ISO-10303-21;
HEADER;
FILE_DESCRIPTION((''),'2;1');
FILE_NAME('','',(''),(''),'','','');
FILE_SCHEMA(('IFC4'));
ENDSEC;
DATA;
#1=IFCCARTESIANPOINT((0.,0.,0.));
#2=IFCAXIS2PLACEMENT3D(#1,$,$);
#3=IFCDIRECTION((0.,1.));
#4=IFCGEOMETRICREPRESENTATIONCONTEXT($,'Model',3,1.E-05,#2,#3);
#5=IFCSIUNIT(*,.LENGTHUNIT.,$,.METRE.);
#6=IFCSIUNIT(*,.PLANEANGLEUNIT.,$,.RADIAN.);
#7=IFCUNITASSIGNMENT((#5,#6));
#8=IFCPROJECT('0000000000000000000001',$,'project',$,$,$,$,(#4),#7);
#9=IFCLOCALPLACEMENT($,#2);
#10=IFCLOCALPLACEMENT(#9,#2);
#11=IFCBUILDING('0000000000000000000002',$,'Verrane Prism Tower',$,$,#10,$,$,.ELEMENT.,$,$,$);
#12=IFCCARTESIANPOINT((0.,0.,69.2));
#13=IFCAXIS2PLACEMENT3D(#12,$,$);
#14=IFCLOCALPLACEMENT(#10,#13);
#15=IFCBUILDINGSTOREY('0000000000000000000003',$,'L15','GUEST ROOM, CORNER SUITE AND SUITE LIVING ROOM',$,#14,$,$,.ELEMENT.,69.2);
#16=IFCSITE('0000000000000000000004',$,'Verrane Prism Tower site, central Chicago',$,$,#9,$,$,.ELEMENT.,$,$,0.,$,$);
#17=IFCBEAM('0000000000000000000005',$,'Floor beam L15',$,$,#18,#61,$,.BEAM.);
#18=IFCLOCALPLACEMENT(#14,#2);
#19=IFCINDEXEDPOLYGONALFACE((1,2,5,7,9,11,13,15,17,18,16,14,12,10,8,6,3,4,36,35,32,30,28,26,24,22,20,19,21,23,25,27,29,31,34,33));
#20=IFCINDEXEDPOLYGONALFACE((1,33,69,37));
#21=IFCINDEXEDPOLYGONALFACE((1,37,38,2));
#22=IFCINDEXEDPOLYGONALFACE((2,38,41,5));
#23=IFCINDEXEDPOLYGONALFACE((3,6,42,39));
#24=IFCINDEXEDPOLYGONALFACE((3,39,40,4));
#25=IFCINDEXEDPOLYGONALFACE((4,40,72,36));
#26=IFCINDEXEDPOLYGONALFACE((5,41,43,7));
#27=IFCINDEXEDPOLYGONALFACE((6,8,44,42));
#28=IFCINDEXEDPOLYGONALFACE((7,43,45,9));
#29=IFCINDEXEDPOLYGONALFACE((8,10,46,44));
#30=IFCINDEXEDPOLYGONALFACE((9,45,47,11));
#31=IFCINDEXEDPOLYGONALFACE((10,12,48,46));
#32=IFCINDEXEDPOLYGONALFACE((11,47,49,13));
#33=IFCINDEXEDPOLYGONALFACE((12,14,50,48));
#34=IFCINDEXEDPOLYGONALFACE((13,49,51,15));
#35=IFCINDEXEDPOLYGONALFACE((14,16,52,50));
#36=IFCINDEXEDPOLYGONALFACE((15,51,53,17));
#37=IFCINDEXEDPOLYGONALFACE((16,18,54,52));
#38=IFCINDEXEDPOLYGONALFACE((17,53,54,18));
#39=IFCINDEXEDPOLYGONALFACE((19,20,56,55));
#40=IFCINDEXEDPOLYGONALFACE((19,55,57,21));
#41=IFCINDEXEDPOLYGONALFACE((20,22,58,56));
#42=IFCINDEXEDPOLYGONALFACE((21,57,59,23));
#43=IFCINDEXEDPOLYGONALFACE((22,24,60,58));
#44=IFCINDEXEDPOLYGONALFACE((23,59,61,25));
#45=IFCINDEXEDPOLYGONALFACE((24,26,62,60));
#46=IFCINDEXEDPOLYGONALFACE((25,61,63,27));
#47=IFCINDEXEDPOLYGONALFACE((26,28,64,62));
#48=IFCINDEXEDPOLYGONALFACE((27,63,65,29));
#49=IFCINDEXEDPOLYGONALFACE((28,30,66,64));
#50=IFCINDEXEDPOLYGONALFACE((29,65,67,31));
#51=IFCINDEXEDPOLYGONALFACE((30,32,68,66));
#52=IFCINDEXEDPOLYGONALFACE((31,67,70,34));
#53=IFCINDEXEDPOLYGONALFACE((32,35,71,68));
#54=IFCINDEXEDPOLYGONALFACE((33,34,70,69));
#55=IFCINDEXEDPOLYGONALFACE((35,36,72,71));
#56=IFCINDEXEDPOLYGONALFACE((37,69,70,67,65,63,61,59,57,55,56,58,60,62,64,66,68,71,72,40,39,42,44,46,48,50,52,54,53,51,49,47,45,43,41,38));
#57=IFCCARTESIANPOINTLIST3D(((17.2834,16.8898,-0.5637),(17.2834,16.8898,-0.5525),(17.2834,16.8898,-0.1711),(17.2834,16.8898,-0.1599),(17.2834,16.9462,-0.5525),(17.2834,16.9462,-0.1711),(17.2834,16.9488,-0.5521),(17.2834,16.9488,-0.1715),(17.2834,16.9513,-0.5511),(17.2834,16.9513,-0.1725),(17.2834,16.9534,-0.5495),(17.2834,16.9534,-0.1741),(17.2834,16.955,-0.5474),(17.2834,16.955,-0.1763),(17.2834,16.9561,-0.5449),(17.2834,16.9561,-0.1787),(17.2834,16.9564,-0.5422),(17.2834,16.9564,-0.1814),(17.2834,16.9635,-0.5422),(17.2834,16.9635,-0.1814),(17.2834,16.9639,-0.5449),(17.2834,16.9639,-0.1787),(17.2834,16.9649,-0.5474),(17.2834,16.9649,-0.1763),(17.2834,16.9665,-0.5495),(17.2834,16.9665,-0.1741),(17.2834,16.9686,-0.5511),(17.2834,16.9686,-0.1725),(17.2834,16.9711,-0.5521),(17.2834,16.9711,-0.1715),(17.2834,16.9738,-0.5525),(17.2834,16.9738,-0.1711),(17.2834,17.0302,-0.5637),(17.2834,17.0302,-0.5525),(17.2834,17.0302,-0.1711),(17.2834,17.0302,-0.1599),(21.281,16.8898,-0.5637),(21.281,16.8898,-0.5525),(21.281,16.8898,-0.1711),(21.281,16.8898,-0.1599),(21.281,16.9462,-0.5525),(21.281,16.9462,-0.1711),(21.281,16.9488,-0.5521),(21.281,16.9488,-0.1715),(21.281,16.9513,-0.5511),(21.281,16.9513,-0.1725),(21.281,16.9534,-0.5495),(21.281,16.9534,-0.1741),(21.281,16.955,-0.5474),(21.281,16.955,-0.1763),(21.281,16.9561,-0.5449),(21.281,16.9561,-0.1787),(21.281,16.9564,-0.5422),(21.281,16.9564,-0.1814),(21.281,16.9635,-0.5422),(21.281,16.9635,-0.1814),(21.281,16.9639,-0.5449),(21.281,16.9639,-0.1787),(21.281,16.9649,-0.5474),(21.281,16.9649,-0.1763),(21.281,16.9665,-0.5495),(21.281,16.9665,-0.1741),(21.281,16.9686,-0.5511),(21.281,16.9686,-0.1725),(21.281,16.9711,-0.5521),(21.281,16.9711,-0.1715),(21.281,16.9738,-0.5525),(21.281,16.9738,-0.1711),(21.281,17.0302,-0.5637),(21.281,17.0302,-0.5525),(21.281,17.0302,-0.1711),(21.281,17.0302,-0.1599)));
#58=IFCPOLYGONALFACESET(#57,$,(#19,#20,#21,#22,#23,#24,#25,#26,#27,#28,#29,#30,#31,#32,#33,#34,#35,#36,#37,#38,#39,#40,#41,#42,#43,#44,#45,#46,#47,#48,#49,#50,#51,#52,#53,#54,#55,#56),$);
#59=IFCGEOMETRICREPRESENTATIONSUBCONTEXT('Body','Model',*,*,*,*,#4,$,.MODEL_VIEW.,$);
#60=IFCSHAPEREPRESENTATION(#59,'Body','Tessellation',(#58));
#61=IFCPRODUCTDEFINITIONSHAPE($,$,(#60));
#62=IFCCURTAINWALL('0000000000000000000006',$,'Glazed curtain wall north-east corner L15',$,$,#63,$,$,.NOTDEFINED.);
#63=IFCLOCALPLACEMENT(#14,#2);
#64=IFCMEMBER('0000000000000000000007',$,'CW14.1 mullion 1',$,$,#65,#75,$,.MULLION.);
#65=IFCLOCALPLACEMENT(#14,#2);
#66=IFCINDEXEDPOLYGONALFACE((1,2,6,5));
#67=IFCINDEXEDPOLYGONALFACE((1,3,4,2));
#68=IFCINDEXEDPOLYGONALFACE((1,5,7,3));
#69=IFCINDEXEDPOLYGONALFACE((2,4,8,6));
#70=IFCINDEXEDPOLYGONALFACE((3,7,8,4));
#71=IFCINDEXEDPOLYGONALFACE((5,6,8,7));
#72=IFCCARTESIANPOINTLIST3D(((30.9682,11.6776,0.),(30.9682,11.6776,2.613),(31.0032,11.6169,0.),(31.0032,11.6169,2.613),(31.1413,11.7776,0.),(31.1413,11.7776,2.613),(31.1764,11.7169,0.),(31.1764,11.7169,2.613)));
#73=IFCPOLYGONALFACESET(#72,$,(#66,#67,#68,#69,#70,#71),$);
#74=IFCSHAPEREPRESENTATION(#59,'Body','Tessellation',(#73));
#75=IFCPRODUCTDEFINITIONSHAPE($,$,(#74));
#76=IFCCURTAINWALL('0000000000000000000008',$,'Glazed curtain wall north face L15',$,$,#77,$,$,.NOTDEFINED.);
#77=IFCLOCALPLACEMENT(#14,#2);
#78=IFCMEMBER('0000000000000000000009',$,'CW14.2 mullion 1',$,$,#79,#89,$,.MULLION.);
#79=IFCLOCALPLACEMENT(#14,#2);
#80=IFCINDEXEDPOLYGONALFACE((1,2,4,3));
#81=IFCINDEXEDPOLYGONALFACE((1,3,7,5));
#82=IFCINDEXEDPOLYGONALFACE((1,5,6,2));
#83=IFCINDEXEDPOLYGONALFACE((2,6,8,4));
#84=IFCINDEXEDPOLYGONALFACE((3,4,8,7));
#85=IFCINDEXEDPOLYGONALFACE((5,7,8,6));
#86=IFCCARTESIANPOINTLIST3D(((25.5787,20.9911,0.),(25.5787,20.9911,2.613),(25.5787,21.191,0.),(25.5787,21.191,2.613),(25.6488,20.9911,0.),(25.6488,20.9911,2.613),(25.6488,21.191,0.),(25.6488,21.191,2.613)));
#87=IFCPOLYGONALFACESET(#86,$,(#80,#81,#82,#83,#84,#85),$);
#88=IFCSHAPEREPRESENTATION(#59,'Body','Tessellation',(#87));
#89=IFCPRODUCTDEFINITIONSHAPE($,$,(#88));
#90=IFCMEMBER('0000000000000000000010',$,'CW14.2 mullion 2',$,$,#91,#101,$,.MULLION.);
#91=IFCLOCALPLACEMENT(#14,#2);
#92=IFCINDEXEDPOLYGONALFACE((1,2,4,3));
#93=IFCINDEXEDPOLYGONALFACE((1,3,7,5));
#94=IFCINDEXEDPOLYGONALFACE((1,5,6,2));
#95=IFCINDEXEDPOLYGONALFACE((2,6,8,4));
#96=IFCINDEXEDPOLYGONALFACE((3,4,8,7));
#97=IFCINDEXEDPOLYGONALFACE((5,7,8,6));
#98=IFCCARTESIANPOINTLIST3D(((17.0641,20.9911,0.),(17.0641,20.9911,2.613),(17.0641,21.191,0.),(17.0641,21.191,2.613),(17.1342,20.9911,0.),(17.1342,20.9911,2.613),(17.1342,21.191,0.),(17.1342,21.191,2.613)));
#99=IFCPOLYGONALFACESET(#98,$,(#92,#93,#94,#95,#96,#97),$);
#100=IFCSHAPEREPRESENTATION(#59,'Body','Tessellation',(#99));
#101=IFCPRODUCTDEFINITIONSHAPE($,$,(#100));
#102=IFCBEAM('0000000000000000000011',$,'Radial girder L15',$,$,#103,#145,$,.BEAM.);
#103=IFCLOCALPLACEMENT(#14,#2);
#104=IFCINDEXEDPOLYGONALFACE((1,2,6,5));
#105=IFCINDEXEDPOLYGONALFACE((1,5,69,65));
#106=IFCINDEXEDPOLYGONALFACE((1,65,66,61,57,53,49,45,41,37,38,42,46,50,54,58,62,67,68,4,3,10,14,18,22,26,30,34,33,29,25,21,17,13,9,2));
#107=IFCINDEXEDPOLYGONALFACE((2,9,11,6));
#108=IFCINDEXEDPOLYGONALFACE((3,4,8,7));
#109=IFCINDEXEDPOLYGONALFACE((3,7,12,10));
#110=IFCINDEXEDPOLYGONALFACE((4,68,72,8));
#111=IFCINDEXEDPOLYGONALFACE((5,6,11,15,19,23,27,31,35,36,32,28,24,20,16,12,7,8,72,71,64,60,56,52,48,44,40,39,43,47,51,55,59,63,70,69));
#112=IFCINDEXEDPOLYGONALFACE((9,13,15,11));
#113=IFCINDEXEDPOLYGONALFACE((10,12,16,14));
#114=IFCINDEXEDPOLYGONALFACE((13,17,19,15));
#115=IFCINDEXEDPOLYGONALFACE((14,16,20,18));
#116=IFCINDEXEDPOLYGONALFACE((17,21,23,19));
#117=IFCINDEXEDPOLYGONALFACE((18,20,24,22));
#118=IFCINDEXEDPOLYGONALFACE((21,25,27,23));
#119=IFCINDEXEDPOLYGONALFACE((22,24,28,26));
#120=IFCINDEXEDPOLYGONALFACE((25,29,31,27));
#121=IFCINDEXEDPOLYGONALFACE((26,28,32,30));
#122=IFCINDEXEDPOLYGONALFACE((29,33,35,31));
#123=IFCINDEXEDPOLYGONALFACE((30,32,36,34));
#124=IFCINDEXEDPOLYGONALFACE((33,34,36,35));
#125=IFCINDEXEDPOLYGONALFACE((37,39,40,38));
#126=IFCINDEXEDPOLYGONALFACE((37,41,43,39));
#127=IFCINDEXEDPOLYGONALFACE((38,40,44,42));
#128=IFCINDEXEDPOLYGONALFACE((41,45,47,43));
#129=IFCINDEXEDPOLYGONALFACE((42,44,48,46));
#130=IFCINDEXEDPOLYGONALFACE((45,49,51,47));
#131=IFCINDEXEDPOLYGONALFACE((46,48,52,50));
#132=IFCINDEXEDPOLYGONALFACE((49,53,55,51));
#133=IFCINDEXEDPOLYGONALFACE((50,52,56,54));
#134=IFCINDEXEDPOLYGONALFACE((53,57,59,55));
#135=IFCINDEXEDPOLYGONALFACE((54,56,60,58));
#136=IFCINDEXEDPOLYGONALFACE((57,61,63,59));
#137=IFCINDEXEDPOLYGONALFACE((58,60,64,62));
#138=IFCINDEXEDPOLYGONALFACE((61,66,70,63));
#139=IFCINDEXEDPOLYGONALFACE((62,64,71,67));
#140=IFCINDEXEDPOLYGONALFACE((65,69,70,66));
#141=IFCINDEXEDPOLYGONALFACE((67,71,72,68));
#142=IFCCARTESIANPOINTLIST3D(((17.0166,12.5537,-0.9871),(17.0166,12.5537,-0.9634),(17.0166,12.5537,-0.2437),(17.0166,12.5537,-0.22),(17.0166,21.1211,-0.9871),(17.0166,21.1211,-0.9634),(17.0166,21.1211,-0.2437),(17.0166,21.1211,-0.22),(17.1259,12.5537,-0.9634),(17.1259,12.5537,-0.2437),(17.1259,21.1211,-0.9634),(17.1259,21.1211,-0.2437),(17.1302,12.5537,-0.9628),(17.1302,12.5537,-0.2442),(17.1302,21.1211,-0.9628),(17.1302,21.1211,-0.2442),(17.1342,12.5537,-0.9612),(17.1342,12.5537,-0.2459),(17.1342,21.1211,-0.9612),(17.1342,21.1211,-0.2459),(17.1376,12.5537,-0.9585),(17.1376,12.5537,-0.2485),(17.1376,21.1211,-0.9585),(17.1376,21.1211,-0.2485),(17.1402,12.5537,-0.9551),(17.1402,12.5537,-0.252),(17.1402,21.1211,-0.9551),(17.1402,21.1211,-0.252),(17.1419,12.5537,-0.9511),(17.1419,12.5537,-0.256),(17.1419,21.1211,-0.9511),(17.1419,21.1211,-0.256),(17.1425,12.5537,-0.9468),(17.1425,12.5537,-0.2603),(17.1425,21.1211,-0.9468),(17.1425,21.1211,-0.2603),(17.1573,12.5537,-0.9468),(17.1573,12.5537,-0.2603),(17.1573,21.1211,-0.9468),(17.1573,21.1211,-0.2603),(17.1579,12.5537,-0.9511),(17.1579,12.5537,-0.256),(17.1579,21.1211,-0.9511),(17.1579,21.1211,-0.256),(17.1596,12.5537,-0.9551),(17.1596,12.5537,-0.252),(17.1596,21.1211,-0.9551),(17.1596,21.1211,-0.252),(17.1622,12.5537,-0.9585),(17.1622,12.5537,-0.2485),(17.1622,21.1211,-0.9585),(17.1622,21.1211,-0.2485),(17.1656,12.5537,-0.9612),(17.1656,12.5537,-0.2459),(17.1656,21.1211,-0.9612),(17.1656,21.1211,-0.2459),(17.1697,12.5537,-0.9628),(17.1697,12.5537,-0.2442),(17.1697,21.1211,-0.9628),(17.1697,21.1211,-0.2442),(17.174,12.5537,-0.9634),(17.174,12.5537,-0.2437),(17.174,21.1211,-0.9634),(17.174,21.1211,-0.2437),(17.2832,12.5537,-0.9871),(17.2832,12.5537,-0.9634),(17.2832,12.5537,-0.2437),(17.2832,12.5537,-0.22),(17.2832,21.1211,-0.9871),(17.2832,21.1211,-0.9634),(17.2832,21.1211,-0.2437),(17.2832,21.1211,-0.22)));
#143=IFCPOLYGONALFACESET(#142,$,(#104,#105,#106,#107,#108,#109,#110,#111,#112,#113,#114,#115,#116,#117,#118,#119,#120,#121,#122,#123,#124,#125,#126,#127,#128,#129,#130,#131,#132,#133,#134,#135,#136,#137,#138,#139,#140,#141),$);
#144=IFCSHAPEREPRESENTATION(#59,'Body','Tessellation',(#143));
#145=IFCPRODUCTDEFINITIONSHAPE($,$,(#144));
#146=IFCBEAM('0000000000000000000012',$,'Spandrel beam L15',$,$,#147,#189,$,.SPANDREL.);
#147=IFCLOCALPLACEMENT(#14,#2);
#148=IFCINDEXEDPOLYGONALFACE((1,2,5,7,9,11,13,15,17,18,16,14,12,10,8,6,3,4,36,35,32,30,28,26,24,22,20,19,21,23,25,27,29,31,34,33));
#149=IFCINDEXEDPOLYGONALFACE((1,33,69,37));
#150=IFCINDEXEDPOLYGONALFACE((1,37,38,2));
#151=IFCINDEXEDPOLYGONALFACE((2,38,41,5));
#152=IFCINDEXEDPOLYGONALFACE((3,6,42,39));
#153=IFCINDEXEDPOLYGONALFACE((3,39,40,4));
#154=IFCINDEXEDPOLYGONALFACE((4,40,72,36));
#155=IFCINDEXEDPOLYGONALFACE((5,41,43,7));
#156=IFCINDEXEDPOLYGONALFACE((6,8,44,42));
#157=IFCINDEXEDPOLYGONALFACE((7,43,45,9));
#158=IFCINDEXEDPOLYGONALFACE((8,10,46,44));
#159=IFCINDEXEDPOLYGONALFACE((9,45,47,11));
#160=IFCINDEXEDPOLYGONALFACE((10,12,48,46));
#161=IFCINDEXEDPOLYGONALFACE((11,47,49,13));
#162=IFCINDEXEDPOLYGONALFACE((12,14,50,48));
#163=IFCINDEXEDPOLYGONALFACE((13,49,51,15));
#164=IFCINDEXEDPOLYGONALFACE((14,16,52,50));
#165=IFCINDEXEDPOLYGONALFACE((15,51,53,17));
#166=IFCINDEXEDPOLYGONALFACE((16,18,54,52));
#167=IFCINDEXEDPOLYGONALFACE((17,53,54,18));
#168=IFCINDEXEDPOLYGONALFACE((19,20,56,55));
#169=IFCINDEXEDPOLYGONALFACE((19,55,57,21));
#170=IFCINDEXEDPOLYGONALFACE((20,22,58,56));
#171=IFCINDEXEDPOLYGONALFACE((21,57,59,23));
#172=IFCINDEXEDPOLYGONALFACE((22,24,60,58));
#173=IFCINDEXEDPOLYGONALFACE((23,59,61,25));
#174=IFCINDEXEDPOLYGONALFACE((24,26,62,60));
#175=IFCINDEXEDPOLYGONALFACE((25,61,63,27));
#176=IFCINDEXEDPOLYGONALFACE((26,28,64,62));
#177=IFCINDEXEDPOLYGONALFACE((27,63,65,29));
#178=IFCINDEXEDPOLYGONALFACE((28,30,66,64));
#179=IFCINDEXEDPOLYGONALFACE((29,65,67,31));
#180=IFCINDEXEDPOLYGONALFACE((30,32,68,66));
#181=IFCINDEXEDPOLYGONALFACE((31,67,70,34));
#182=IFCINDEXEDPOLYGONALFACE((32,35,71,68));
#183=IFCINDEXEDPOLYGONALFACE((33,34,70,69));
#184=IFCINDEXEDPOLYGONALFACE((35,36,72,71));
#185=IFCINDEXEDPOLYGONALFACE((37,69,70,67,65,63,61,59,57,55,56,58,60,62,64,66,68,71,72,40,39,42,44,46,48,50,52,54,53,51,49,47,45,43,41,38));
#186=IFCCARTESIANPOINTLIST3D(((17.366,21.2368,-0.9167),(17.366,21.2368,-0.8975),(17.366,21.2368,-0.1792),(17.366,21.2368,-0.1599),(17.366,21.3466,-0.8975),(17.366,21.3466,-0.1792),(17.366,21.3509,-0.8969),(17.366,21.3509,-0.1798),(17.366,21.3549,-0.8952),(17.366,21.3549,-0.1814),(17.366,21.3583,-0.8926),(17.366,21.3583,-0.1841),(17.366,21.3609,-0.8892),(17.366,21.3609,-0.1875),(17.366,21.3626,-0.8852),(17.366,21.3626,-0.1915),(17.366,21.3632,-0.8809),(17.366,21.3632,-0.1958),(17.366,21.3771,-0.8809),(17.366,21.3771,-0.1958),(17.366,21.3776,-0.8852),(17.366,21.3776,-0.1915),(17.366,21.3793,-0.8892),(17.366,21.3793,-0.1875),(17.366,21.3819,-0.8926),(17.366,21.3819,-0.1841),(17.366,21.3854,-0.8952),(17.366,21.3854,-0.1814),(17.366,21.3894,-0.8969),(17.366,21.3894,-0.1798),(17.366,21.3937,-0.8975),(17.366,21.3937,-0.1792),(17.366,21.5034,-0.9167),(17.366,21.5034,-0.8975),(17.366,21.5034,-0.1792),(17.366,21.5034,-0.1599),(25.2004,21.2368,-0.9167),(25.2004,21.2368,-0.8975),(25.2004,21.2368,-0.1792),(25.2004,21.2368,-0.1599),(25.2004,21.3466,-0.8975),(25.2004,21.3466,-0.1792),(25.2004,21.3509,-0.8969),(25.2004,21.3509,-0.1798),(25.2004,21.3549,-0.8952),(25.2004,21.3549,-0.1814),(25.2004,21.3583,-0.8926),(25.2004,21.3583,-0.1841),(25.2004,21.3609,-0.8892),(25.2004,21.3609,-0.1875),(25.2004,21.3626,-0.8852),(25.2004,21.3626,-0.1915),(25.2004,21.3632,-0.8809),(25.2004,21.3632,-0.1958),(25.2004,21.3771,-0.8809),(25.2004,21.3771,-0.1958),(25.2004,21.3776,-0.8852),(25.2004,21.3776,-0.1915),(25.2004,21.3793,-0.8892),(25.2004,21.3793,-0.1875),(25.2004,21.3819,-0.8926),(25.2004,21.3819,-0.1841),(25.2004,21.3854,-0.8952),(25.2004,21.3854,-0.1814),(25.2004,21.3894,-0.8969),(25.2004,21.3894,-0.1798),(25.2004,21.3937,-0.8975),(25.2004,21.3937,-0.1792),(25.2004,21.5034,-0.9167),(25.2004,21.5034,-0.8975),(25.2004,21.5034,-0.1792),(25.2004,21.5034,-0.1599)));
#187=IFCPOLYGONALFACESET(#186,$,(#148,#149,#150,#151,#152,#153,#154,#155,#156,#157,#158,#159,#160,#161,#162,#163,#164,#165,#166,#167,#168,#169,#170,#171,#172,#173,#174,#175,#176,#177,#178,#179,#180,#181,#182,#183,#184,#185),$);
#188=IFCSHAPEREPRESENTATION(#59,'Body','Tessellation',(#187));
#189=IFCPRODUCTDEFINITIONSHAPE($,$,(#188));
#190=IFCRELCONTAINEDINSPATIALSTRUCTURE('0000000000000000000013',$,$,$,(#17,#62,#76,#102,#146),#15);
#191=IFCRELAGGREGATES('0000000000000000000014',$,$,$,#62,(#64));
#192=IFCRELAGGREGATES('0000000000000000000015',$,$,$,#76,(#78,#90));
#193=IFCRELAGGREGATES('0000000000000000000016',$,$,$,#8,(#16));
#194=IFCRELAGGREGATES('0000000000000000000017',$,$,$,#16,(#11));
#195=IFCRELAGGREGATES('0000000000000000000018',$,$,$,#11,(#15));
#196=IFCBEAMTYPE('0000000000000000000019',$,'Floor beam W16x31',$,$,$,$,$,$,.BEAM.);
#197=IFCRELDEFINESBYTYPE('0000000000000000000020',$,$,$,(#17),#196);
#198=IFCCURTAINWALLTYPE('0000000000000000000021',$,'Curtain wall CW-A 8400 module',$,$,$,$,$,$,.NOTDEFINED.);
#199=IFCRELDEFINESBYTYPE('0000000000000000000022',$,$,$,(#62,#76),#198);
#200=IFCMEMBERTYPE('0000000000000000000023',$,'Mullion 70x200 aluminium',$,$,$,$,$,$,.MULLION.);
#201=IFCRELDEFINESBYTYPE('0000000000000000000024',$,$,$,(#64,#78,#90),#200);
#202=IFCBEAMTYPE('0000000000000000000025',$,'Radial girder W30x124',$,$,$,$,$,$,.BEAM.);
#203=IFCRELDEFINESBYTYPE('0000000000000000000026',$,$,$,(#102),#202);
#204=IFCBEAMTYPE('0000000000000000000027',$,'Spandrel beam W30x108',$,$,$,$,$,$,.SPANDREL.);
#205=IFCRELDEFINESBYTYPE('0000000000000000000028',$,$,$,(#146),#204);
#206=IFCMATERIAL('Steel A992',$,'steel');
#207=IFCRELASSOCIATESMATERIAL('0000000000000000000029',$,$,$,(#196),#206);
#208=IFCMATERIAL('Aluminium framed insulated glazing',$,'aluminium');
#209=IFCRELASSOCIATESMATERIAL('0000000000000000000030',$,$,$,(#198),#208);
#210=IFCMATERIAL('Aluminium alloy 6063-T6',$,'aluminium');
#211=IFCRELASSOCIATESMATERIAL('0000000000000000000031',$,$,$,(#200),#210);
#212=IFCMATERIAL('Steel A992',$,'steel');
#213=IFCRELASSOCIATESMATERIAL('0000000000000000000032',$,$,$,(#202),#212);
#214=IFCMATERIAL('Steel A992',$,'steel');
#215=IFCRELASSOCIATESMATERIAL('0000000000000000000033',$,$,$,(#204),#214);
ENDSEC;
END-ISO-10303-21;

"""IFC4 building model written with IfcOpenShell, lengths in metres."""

from ifc_helpers import new_model, si_unit, direction, frame, origin, origin_2d, place, context, subcontext, project, spatial, rectangle, i_section, extrude, material, material_profile, profile_set, type_object, element, aggregate, save


model = new_model("IFC4")

# Units and contexts
model_context = context("Model", 3, precision=1e-05, world=origin(), true_north=direction((0.0, 1.0)))
body_context = subcontext(model_context, "Body", "Model", "MODEL_VIEW")
ifc_project = project(units=[si_unit("LENGTHUNIT", "METRE"), si_unit("PLANEANGLEUNIT", "RADIAN")], contexts=[model_context])

# Site, building, storey
site_placement = place(None, origin())
site = spatial("IfcSite", under=ifc_project, at=site_placement, Name="Verrane Prism Tower site, central Chicago", CompositionType="ELEMENT", RefElevation=0.0)
building_placement = place(site_placement, origin())
building = spatial("IfcBuilding", under=site, at=building_placement, Name="Verrane Prism Tower", CompositionType="ELEMENT")
storey_placement = place(building_placement, frame((0.0, 0.0, 69.2)))
storey = spatial("IfcBuildingStorey", under=building, at=storey_placement, Name="L15", Description="GUEST ROOM, CORNER SUITE AND SUITE LIVING ROOM", CompositionType="ELEMENT", Elevation=69.2)

# Beam
ifc_material_1 = material(Name="Steel A992", Category="steel")
ifc_material_profile_1 = material_profile(ifc_material_1, i_section(OverallWidth=0.1404, OverallDepth=0.4038, WebThickness=0.0071, FlangeThickness=0.0112, FilletRadius=0.0103, at=origin_2d()), Name="W16x31")
ifc_profile_set_1 = profile_set([ifc_material_profile_1], Name="Steel A992")
beam_type_1 = type_object("IfcBeamType", Name="Floor beam W16x31", PredefinedType="BEAM", material=ifc_profile_set_1)
beam_1_placement = place(storey_placement, frame((17.2834, 16.96, -0.3618), z_axis=(1.0, 0.0, 0.0), x_axis=(0.0, 1.0, 0.0)))
element("IfcBeam", 1, at=beam_1_placement, inside=storey, type_object=beam_type_1, Name="Floor beam L15", PredefinedType="BEAM", context=body_context, shape_type="SweptSolid", body=[
    extrude(i_section(OverallWidth=0.1404, OverallDepth=0.4038, WebThickness=0.0071, FlangeThickness=0.0112, FilletRadius=0.0103, at=origin_2d()), origin(), (0.0, 0.0, 1.0), 3.9976),
])

# Curtain wall, member
ifc_material_2 = material(Name="Aluminium framed insulated glazing", Category="aluminium")
curtain_wall_type = type_object("IfcCurtainWallType", Name="Curtain wall CW-A 8400 module", PredefinedType="NOTDEFINED", material=ifc_material_2)
curtain_wall_1_placement = place(storey_placement, origin())
curtain_wall_1 = element("IfcCurtainWall", 2, at=curtain_wall_1_placement, inside=storey, type_object=curtain_wall_type, Name="Glazed curtain wall north-east corner L15", PredefinedType="NOTDEFINED")
ifc_material_3 = material(Name="Aluminium alloy 6063-T6", Category="aluminium")
ifc_material_profile_2 = material_profile(ifc_material_3, rectangle(XDim=0.2, YDim=0.0701, at=origin_2d()), Name="Mullion 70x200 aluminium")
ifc_profile_set_2 = profile_set([ifc_material_profile_2], Name="Aluminium alloy 6063-T6")
member_type_1 = type_object("IfcMemberType", Name="Mullion 70x200 aluminium", PredefinedType="MULLION", material=ifc_profile_set_2)
member_1_placement = place(storey_placement, frame((31.0723, 11.6973, 0.0), z_axis=(0.0, 0.0, 1.0), x_axis=(-0.866027, -0.499997, 0.0)))
member_1 = element("IfcMember", 3, at=member_1_placement, type_object=member_type_1, Name="CW14.1 mullion 1", PredefinedType="MULLION", context=body_context, shape_type="SweptSolid", body=[
    extrude(rectangle(XDim=0.2, YDim=0.0701, at=origin_2d()), origin(), (0.0, 0.0, 1.0), 2.613),
])

# Curtain wall, members
curtain_wall_2_placement = place(storey_placement, origin())
curtain_wall_2 = element("IfcCurtainWall", 4, at=curtain_wall_2_placement, inside=storey, type_object=curtain_wall_type, Name="Glazed curtain wall north face L15", PredefinedType="NOTDEFINED")
member_2_placement = place(storey_placement, frame((25.6138, 21.0911, 0.0), z_axis=(0.0, 0.0, 1.0), x_axis=(0.0, -1.0, 0.0)))
member_2 = element("IfcMember", 5, at=member_2_placement, type_object=member_type_1, Name="CW14.2 mullion 1", PredefinedType="MULLION", context=body_context, shape_type="SweptSolid", body=[
    extrude(rectangle(XDim=0.2, YDim=0.0701, at=origin_2d()), origin(), (0.0, 0.0, 1.0), 2.613),
])
member_3_placement = place(storey_placement, frame((17.0991, 21.0911, 0.0), z_axis=(0.0, 0.0, 1.0), x_axis=(0.0, -1.0, 0.0)))
member_3 = element("IfcMember", 6, at=member_3_placement, type_object=member_type_1, Name="CW14.2 mullion 2", PredefinedType="MULLION", context=body_context, shape_type="SweptSolid", body=[
    extrude(rectangle(XDim=0.2, YDim=0.0701, at=origin_2d()), origin(), (0.0, 0.0, 1.0), 2.613),
])

# Beams
ifc_material_4 = material(Name="Steel A992", Category="steel")
ifc_material_profile_3 = material_profile(ifc_material_4, i_section(OverallWidth=0.2666, OverallDepth=0.7671, WebThickness=0.0149, FlangeThickness=0.0237, FilletRadius=0.0166, at=origin_2d()), Name="W30x124")
ifc_profile_set_3 = profile_set([ifc_material_profile_3], Name="Steel A992")
beam_type_2 = type_object("IfcBeamType", Name="Radial girder W30x124", PredefinedType="BEAM", material=ifc_profile_set_3)
beam_2_placement = place(storey_placement, frame((17.1499, 21.1211, -0.6035), z_axis=(0.0, -1.0, 0.0), x_axis=(1.0, 0.0, 0.0)))
element("IfcBeam", 7, at=beam_2_placement, inside=storey, type_object=beam_type_2, Name="Radial girder L15", PredefinedType="BEAM", context=body_context, shape_type="SweptSolid", body=[
    extrude(i_section(OverallWidth=0.2666, OverallDepth=0.7671, WebThickness=0.0149, FlangeThickness=0.0237, FilletRadius=0.0166, at=origin_2d()), origin(), (0.0, 0.0, 1.0), 8.5674),
])
ifc_material_5 = material(Name="Steel A992", Category="steel")
ifc_material_profile_4 = material_profile(ifc_material_5, i_section(OverallWidth=0.2666, OverallDepth=0.7568, WebThickness=0.0139, FlangeThickness=0.0193, FilletRadius=0.0166, at=origin_2d()), Name="W30x108")
ifc_profile_set_4 = profile_set([ifc_material_profile_4], Name="Steel A992")
beam_type_3 = type_object("IfcBeamType", Name="Spandrel beam W30x108", PredefinedType="SPANDREL", material=ifc_profile_set_4)
beam_3_placement = place(storey_placement, frame((25.2004, 21.3701, -0.5383), z_axis=(-1.0, 0.0, 0.0), x_axis=(0.0, -1.0, 0.0)))
element("IfcBeam", 8, at=beam_3_placement, inside=storey, type_object=beam_type_3, Name="Spandrel beam L15", PredefinedType="SPANDREL", context=body_context, shape_type="SweptSolid", body=[
    extrude(i_section(OverallWidth=0.2666, OverallDepth=0.7568, WebThickness=0.0139, FlangeThickness=0.0193, FilletRadius=0.0166, at=origin_2d()), origin(), (0.0, 0.0, 1.0), 7.8345),
])

aggregate(curtain_wall_1, [member_1])
aggregate(curtain_wall_2, [member_2, member_3])

save(model, "model.ifc")
